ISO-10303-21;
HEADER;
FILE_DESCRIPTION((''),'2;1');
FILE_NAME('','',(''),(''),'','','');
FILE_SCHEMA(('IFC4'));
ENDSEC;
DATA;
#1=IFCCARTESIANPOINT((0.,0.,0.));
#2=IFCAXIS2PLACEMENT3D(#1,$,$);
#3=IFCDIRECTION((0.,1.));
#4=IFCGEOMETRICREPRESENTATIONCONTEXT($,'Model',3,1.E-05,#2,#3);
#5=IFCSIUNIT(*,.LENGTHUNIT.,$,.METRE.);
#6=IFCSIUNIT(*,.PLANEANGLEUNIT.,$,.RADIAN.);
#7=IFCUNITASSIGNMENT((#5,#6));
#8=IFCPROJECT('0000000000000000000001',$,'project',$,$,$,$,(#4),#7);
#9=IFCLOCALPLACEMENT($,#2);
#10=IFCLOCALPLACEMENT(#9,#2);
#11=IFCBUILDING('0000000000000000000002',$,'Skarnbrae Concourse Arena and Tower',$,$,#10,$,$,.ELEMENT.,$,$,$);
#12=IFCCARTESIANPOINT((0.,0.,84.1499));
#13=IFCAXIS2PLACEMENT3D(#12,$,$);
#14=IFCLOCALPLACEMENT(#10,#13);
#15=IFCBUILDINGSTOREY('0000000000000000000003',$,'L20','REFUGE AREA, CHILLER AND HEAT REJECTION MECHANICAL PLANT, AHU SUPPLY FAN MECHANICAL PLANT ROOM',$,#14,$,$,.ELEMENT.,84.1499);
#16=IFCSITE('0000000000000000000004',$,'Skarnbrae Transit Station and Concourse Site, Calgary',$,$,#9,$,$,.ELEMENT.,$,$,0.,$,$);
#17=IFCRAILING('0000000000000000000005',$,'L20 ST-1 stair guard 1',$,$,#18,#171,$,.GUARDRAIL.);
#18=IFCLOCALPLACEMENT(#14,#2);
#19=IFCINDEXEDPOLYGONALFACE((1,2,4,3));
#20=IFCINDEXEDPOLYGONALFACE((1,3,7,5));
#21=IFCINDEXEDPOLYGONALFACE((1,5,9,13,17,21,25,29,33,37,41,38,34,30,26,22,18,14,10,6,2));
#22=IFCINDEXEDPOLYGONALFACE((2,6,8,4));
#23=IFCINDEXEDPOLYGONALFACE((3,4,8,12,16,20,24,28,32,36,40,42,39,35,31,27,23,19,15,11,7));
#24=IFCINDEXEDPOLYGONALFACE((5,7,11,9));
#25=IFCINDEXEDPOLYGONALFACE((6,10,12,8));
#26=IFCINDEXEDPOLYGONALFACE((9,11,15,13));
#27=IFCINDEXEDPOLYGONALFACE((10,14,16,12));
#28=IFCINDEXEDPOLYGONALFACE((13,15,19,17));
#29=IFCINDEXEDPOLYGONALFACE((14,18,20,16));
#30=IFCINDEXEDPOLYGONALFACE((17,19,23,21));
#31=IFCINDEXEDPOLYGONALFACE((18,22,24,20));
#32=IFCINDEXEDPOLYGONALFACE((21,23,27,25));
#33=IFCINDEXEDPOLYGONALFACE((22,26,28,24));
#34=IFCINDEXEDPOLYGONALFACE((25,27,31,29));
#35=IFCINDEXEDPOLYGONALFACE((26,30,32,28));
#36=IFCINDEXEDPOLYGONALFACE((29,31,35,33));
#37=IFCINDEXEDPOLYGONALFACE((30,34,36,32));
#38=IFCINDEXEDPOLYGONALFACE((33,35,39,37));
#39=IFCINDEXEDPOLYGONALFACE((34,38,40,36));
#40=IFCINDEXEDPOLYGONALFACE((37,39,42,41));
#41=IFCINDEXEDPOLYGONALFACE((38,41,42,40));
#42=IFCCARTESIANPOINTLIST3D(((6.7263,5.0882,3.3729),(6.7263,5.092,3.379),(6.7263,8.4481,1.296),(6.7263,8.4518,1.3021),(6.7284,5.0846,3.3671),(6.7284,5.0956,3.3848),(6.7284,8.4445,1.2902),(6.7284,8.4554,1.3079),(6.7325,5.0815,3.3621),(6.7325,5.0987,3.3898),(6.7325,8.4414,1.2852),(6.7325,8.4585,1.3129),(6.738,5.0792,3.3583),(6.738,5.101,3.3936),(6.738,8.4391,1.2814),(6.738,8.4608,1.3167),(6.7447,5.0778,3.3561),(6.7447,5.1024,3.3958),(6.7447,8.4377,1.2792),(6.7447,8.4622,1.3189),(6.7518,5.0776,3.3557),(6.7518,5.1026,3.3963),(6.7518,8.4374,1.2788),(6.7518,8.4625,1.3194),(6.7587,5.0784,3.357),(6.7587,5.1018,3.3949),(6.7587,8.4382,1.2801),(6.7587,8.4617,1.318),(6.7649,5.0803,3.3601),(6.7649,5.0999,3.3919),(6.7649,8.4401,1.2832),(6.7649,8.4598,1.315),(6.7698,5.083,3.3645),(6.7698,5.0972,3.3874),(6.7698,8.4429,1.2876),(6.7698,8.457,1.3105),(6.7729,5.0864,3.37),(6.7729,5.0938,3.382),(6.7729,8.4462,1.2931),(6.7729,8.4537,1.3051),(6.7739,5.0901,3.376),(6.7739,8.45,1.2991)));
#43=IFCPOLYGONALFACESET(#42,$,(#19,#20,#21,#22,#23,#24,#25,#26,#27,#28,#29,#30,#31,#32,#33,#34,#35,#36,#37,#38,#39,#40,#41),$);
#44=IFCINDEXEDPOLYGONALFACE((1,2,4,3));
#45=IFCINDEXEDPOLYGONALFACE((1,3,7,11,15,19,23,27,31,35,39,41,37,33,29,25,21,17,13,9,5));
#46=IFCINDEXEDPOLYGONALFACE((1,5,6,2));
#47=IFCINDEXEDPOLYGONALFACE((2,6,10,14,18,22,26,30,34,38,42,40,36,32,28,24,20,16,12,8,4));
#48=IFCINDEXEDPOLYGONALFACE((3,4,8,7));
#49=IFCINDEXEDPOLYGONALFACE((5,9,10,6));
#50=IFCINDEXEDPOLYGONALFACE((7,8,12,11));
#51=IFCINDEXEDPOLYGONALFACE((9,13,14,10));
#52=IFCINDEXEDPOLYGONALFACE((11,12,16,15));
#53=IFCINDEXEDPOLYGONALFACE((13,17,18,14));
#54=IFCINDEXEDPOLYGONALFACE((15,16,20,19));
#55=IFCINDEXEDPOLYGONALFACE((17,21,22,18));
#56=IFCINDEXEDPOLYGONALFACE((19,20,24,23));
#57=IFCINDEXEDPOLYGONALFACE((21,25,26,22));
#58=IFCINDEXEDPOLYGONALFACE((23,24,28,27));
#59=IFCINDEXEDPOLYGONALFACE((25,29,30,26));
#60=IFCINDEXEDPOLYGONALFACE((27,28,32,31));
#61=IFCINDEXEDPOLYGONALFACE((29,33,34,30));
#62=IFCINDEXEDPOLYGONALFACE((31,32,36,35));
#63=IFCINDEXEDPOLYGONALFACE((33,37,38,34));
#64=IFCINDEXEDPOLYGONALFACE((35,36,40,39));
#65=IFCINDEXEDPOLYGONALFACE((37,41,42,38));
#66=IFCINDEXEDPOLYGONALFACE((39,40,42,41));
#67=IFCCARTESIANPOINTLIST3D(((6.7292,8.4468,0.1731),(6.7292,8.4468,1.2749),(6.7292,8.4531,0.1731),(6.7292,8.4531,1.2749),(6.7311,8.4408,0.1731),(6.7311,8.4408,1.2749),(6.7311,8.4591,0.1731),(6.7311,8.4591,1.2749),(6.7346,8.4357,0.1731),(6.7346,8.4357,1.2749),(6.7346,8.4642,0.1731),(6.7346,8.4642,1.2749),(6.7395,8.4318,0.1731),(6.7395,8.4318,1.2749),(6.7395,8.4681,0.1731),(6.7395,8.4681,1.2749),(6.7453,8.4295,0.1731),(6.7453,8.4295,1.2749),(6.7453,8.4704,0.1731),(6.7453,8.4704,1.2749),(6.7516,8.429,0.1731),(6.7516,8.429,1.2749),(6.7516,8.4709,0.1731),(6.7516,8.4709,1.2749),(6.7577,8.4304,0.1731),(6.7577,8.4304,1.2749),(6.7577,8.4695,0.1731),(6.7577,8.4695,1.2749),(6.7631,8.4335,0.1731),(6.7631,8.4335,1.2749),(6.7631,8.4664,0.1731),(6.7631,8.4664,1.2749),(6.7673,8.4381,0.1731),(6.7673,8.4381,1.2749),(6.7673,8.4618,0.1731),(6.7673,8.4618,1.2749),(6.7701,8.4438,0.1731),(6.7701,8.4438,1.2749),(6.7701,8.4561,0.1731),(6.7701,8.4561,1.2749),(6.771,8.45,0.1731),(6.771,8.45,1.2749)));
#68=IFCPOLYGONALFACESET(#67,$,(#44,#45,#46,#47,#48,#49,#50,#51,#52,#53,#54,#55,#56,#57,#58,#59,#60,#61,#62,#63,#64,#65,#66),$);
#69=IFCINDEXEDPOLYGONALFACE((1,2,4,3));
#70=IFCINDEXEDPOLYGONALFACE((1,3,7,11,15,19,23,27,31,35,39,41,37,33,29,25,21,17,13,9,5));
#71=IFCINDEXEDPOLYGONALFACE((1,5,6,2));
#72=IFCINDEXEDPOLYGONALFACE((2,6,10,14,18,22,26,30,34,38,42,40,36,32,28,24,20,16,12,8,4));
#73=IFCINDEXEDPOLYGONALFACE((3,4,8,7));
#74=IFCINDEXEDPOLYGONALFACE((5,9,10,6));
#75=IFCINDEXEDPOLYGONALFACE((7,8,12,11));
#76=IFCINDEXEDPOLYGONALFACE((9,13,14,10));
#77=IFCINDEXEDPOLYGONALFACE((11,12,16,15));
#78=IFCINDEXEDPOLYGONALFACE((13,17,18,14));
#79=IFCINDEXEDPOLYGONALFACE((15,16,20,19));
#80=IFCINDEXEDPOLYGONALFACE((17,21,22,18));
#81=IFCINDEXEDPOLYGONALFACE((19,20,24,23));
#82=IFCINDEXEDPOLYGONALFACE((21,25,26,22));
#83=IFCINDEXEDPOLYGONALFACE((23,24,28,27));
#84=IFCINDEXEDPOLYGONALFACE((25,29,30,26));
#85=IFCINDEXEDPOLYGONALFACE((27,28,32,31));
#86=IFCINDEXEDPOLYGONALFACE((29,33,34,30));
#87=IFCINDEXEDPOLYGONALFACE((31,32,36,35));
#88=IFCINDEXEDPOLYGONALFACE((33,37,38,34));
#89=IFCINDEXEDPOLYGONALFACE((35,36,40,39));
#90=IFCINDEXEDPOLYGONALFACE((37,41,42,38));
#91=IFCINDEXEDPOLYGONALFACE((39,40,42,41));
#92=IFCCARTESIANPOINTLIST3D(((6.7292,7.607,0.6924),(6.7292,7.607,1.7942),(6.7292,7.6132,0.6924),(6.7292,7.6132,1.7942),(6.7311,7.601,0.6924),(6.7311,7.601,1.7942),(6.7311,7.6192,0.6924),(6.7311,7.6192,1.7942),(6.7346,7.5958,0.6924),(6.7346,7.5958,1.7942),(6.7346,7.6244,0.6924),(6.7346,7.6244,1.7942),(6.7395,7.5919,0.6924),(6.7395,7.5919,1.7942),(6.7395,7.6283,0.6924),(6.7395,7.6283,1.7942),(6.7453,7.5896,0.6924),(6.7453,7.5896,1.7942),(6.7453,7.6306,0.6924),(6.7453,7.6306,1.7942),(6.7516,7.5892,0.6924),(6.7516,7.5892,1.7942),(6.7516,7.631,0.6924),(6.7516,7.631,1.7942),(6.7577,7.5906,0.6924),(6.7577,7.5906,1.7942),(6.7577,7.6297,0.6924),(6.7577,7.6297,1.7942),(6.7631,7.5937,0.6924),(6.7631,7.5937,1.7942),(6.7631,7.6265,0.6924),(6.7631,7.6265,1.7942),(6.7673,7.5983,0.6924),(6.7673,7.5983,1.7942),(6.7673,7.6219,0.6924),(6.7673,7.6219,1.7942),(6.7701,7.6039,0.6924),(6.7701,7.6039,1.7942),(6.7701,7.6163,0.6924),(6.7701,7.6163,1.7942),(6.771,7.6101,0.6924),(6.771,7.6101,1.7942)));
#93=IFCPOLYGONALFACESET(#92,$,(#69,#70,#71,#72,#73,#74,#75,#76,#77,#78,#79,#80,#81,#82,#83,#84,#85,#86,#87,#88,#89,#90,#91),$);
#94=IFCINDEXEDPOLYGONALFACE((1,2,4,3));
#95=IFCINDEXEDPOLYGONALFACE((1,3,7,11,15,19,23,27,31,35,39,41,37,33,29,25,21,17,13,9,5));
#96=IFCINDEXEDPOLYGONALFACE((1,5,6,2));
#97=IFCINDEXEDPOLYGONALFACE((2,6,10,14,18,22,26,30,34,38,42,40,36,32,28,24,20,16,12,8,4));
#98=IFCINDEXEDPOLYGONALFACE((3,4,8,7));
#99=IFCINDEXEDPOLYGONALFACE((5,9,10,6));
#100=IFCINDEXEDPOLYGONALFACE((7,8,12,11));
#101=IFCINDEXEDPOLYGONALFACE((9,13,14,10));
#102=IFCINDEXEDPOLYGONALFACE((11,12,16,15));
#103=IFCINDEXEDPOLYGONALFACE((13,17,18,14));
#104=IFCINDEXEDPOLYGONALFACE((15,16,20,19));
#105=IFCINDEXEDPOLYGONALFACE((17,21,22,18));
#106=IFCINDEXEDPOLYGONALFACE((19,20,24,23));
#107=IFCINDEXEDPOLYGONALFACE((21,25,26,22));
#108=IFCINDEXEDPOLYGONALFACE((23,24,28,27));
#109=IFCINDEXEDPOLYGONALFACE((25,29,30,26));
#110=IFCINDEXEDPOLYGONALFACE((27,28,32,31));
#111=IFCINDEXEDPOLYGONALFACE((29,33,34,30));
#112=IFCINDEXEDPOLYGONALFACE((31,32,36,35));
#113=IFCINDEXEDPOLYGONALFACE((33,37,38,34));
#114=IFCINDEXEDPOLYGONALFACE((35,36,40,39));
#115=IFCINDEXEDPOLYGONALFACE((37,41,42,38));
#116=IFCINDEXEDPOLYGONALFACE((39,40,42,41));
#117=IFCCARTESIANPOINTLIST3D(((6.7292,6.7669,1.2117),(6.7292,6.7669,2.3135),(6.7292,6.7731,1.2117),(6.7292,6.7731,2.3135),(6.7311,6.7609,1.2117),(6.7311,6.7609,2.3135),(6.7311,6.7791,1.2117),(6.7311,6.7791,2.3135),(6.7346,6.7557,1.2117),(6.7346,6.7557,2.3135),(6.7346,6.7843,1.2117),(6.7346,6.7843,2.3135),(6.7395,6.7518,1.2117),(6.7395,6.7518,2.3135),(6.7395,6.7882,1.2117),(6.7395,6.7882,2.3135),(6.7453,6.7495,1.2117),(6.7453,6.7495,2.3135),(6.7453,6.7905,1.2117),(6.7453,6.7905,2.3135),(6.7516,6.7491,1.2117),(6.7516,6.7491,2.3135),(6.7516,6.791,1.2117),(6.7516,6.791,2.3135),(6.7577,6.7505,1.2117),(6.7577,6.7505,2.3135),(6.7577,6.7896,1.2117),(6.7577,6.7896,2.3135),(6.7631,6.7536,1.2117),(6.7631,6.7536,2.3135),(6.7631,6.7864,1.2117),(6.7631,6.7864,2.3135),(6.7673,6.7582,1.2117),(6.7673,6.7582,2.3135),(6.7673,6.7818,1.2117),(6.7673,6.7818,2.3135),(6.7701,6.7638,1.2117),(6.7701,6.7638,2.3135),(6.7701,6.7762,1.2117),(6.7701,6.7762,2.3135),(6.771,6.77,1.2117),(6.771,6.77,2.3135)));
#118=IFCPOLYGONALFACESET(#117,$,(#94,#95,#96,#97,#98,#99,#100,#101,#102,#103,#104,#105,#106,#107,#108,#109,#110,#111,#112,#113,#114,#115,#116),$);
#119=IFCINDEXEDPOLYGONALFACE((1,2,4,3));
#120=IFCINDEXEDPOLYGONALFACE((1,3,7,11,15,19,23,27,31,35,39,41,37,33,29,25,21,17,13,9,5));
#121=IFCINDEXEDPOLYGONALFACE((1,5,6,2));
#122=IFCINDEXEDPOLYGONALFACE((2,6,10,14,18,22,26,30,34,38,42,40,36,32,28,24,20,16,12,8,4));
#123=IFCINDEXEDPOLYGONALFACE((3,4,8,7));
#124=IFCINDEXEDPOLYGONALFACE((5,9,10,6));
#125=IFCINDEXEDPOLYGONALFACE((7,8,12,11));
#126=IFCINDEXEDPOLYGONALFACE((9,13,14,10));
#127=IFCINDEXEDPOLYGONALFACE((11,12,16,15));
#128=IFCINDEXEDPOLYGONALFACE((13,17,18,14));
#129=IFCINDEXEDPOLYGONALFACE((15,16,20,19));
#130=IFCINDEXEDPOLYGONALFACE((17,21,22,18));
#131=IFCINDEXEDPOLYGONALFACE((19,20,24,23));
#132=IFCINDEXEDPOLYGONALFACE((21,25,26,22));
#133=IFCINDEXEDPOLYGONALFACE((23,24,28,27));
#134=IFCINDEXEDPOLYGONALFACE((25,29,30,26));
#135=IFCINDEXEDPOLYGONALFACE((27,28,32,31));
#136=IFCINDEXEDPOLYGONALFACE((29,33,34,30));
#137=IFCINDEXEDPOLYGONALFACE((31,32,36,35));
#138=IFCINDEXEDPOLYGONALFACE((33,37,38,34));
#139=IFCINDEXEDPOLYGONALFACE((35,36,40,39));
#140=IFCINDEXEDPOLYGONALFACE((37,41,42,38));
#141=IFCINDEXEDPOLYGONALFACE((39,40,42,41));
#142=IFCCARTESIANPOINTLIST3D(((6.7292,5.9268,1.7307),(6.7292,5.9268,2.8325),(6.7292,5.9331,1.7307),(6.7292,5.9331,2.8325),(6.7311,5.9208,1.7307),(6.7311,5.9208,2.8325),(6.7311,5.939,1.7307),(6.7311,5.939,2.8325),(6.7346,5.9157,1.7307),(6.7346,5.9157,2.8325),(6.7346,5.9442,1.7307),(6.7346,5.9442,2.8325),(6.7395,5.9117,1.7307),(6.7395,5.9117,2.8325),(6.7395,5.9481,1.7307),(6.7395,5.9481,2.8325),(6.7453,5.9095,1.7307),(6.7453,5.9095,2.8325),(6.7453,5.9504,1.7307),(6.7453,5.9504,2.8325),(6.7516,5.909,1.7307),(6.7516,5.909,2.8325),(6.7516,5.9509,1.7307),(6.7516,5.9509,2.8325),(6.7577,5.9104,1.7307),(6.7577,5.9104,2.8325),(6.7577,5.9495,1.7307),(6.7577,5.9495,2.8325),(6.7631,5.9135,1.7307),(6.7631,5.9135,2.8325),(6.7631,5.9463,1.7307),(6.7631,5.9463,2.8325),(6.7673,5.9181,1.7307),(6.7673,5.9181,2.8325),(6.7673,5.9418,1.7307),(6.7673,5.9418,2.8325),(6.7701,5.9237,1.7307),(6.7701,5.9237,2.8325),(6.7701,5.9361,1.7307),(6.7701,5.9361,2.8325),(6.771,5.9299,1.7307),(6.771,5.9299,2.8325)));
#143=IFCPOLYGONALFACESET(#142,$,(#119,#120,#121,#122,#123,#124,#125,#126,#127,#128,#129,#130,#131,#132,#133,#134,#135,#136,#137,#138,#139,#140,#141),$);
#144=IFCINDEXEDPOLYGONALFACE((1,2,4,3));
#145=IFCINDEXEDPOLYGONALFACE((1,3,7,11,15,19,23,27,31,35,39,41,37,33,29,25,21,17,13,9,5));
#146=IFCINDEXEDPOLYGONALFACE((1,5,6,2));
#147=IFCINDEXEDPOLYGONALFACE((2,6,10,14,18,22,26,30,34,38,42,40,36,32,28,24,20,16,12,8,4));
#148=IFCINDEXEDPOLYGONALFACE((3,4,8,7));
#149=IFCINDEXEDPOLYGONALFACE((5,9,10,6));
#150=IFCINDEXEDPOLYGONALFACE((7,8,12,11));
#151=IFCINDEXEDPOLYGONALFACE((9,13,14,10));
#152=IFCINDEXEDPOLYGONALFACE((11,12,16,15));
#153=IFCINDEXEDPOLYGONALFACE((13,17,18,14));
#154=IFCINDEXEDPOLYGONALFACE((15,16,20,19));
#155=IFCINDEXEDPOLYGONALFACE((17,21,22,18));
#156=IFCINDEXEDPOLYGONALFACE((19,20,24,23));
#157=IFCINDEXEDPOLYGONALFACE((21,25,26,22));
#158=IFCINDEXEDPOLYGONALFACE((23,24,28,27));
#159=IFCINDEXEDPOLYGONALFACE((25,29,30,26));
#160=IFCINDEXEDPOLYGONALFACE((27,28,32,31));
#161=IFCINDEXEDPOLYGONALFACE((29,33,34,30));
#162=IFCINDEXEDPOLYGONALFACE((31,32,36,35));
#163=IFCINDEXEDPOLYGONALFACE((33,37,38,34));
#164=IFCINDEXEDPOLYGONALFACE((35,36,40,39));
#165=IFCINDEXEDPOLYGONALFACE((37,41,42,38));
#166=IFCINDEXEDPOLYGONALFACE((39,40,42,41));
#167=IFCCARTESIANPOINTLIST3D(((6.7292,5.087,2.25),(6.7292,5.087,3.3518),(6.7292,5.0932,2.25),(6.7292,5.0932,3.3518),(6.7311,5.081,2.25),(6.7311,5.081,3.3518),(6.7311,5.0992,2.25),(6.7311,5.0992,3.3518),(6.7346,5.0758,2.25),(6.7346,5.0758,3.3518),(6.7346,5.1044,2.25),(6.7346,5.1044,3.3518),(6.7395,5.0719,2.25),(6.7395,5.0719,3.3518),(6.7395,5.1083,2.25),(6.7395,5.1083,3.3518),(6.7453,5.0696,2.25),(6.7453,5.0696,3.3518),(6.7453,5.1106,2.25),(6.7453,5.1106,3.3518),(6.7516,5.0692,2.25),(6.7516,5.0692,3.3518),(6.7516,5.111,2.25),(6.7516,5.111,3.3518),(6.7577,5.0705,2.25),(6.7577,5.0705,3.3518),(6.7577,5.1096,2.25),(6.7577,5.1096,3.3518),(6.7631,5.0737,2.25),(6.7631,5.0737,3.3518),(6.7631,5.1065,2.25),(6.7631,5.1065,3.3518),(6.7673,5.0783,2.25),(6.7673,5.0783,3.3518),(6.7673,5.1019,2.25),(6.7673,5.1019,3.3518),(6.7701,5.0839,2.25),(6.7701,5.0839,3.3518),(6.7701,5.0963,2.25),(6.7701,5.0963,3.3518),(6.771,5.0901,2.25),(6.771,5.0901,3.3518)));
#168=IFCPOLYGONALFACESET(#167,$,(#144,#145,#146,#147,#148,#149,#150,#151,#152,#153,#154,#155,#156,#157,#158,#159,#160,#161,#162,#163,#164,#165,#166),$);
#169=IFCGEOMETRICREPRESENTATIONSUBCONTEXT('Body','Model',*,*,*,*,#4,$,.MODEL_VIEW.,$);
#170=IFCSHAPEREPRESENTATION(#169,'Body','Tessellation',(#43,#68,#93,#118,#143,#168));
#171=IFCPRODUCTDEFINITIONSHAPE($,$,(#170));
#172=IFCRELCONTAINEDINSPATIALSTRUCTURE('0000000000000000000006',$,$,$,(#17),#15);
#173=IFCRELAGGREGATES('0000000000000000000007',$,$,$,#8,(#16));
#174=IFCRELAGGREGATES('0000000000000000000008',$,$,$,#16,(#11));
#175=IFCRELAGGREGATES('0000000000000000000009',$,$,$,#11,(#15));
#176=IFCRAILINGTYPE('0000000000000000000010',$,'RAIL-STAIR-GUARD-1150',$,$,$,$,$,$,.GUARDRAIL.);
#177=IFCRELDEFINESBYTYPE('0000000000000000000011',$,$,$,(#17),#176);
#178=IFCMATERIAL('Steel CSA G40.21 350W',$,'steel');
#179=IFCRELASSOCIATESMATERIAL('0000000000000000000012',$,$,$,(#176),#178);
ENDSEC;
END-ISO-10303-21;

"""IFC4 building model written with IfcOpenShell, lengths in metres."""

from ifc_helpers import new_model, si_unit, direction, frame, origin, origin_2d, place, context, subcontext, project, spatial, circle, extrude, material, type_object, element, save


model = new_model("IFC4")

# Units and contexts
model_context = context("Model", 3, precision=1e-05, world=origin(), true_north=direction((0.0, 1.0)))
body_context = subcontext(model_context, "Body", "Model", "MODEL_VIEW")
ifc_project = project(units=[si_unit("LENGTHUNIT", "METRE"), si_unit("PLANEANGLEUNIT", "RADIAN")], contexts=[model_context])

# Site, building, storey
site_placement = place(None, origin())
site = spatial("IfcSite", under=ifc_project, at=site_placement, Name="Skarnbrae Transit Station and Concourse Site, Calgary", CompositionType="ELEMENT", RefElevation=0.0)
building_placement = place(site_placement, origin())
building = spatial("IfcBuilding", under=site, at=building_placement, Name="Skarnbrae Concourse Arena and Tower", CompositionType="ELEMENT")
storey_placement = place(building_placement, frame((0.0, 0.0, 84.1499)))
storey = spatial("IfcBuildingStorey", under=building, at=storey_placement, Name="L20", Description="REFUGE AREA, CHILLER AND HEAT REJECTION MECHANICAL PLANT, AHU SUPPLY FAN MECHANICAL PLANT ROOM", CompositionType="ELEMENT", Elevation=84.1499)

# Shared definitions
ifc_material_1 = material(Name="Steel CSA G40.21 350W", Category="steel")

# Railing
railing_type_1 = type_object("IfcRailingType", Name="RAIL-STAIR-GUARD-1150", PredefinedType="GUARDRAIL", material=ifc_material_1)
railing_1_placement = place(storey_placement, frame((6.75, 8.45, 0.1731)))
element("IfcRailing", 1, at=railing_1_placement, inside=storey, type_object=railing_type_1, Name="L20 ST-1 stair guard 1", PredefinedType="GUARDRAIL", context=body_context, shape_type="SweptSolid", body=[
    extrude(circle(Radius=0.0239, at=origin_2d()), frame((0.0, 0.0, 1.126), z_axis=(0.0, -0.850606, 0.525803), x_axis=(1.0, 0.0, 0.0)), (0.0, 0.0, 1.0), 3.95),
    extrude(circle(Radius=0.021, at=origin_2d()), origin(), (0.0, 0.0, 1.0), 1.1018),
    extrude(circle(Radius=0.021, at=origin_2d()), frame((0.0, -0.8398, 0.5193)), (0.0, 0.0, 1.0), 1.1018),
    extrude(circle(Radius=0.021, at=origin_2d()), frame((0.0, -1.6799, 1.0386)), (0.0, 0.0, 1.0), 1.1018),
    extrude(circle(Radius=0.021, at=origin_2d()), frame((0.0, -2.52, 1.5576)), (0.0, 0.0, 1.0), 1.1018),
    extrude(circle(Radius=0.021, at=origin_2d()), frame((0.0, -3.3599, 2.0769)), (0.0, 0.0, 1.0), 1.1018),
])

save(model, "model.ifc")
